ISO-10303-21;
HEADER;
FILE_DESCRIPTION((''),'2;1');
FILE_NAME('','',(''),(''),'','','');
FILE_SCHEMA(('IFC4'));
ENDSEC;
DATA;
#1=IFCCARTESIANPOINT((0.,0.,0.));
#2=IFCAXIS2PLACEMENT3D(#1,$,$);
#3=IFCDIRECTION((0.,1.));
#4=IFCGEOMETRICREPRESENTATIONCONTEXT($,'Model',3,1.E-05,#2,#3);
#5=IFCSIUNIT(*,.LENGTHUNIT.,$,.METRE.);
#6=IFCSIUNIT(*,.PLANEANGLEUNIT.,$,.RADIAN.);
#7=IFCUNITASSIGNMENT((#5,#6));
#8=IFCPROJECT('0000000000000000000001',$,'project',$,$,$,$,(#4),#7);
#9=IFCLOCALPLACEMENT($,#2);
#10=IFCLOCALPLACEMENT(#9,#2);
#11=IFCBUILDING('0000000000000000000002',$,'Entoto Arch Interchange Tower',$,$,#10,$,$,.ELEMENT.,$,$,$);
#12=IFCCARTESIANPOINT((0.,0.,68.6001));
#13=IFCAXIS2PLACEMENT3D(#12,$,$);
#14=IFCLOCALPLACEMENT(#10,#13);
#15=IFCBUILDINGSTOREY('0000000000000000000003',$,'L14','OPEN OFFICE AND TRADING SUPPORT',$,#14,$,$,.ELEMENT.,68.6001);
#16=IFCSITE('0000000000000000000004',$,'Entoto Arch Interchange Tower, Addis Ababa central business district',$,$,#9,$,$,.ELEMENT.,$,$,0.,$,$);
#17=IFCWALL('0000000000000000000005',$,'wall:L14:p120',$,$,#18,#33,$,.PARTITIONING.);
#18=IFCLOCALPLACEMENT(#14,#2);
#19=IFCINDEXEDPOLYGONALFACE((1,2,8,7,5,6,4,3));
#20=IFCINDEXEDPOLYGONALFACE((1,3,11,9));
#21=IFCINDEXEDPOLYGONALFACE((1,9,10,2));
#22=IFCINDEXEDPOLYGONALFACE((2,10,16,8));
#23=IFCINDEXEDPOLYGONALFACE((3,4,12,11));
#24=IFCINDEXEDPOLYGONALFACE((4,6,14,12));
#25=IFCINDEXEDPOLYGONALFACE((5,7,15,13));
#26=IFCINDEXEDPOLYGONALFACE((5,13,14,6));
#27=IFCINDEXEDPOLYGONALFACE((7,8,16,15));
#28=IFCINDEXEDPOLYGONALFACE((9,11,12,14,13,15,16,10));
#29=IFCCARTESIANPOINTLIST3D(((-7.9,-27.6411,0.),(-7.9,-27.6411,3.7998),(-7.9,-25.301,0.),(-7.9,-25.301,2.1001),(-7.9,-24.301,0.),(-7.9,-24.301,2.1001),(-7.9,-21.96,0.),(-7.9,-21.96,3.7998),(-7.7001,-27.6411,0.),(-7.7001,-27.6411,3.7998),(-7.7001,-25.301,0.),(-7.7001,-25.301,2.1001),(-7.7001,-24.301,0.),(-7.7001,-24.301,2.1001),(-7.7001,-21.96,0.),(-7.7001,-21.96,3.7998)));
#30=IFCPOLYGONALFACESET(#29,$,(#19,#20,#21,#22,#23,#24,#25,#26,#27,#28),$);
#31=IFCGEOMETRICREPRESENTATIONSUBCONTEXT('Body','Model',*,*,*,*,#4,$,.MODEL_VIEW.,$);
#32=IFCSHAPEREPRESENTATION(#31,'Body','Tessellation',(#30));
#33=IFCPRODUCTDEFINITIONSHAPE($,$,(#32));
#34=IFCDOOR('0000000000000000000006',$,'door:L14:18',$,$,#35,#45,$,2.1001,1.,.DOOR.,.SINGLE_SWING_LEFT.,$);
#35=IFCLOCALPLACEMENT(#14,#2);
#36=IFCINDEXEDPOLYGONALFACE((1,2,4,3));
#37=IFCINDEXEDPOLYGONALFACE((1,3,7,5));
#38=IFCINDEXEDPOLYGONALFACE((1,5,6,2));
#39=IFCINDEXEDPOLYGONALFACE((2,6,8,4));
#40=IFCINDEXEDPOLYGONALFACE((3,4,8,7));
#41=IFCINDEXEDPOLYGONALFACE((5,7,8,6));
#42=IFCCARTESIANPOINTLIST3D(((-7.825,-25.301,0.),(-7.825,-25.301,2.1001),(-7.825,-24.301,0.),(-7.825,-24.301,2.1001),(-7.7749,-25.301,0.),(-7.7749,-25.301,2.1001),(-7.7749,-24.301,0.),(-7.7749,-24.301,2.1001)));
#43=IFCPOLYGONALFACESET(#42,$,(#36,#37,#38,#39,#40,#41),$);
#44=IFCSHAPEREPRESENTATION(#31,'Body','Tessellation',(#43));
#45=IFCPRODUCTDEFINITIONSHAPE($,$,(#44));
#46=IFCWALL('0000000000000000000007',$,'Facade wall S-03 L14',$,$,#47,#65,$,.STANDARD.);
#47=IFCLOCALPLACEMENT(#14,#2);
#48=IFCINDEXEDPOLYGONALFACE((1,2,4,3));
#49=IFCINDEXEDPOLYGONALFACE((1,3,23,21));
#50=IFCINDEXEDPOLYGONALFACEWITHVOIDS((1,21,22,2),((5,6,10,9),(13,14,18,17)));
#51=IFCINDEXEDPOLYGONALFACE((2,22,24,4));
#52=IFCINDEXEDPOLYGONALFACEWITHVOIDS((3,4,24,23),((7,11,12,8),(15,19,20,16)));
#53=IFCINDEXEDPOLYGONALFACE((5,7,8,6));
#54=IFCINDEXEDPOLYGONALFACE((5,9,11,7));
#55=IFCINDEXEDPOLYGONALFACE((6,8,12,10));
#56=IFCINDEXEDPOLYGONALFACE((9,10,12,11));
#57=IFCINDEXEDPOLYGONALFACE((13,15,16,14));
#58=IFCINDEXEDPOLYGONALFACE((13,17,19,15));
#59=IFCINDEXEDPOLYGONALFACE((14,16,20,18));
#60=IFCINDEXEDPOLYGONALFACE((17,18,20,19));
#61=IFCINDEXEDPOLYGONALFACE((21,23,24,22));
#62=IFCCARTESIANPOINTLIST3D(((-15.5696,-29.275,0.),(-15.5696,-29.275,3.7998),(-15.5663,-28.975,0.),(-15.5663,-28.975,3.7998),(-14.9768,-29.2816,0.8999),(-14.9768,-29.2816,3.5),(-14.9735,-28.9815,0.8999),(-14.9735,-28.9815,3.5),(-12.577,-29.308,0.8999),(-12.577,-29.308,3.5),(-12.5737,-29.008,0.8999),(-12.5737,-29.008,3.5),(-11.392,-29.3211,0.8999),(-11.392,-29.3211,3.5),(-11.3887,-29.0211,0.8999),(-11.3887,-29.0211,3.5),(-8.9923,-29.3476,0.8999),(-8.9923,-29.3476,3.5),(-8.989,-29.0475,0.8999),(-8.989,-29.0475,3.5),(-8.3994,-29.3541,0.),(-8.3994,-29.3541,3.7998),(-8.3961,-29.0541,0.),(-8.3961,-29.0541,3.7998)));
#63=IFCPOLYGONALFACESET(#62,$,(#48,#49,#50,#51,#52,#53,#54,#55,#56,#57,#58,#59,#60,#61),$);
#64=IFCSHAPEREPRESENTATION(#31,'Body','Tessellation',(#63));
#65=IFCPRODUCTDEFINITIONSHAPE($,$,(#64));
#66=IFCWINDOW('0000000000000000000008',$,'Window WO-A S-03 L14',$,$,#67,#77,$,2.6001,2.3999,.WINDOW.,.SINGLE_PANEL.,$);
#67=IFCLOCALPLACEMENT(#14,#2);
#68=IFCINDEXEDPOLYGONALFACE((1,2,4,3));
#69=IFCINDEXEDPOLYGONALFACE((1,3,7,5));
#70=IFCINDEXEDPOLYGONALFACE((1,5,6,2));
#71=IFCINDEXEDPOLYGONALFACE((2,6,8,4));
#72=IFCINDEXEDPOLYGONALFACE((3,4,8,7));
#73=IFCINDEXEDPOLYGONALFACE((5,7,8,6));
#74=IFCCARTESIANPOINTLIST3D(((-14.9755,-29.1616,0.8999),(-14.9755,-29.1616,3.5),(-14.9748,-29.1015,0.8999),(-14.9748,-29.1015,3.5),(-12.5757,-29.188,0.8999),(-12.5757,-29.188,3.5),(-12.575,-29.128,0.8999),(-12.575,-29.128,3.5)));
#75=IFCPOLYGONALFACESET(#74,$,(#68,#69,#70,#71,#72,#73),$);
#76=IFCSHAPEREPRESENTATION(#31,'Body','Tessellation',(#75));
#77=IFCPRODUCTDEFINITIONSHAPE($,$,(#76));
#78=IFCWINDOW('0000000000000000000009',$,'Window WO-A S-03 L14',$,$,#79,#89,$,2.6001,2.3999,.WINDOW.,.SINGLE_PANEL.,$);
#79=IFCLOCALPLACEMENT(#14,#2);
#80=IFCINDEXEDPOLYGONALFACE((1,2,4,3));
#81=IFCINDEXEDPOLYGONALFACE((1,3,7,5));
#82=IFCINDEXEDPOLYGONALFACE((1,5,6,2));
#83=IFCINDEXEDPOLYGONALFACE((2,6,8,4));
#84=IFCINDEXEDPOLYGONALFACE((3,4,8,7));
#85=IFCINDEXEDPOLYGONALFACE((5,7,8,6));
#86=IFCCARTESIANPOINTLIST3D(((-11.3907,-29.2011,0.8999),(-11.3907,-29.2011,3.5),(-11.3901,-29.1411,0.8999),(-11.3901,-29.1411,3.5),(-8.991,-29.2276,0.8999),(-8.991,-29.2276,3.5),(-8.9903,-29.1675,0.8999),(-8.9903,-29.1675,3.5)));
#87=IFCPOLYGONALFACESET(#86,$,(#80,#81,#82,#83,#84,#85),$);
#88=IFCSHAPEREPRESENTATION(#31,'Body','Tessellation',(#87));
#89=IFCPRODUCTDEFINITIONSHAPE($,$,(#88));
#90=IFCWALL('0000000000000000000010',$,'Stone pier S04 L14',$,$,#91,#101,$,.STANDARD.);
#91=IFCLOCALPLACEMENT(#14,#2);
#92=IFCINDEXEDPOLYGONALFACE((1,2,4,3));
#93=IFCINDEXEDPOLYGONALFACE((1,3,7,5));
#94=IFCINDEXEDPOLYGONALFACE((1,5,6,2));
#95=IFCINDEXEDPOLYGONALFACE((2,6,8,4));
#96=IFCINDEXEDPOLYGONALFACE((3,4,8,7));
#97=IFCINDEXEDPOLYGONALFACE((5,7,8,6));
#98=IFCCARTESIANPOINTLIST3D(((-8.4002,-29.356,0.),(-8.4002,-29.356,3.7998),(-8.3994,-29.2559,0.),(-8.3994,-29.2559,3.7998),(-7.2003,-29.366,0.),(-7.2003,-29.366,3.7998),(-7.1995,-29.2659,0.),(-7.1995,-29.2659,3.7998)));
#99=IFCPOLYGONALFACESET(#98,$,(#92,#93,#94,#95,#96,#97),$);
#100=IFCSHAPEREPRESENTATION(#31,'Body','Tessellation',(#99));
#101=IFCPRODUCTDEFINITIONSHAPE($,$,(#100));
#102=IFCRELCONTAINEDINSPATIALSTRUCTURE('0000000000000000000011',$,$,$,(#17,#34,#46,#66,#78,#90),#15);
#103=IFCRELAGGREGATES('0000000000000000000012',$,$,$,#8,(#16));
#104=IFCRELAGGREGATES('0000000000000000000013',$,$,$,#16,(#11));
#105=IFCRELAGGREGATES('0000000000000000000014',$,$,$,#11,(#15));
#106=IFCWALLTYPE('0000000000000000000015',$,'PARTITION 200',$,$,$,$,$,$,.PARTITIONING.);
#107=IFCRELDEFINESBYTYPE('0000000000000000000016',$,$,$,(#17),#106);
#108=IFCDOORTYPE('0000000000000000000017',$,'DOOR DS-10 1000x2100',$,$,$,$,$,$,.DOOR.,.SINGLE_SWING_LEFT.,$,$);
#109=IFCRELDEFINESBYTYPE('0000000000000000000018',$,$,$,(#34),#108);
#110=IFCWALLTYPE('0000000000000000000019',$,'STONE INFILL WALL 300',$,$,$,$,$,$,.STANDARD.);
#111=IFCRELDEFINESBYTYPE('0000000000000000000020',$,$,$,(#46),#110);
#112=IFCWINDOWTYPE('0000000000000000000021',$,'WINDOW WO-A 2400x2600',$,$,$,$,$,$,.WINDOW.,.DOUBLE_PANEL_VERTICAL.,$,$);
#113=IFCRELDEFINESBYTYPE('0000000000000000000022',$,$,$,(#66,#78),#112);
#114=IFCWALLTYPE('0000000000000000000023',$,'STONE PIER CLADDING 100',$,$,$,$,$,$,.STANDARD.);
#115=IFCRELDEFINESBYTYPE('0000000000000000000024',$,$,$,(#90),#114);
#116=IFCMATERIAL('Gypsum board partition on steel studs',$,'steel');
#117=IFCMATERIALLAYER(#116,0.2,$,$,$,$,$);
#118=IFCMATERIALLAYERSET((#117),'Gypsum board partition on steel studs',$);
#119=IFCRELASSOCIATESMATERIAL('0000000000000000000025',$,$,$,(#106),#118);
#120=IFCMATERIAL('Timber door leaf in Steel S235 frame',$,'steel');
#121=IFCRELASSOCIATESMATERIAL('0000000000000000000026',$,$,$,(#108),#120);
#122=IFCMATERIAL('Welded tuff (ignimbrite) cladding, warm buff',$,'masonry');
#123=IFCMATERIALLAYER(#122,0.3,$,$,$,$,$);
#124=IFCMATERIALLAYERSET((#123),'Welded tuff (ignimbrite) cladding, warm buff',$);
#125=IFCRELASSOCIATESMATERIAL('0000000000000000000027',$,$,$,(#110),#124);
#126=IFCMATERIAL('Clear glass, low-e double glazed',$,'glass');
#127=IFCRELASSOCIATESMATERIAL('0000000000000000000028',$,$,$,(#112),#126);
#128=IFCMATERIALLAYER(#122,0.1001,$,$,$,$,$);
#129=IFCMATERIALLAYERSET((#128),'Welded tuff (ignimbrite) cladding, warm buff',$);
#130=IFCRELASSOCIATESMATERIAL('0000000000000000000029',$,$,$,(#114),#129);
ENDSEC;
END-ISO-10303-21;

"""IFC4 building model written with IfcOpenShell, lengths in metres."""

from ifc_helpers import new_model, si_unit, direction, frame, frame_2d, origin, place, context, subcontext, project, spatial, rectangle, extrude, material, layer, layer_set, type_object, element, fill, save


model = new_model("IFC4")

# Units and contexts
model_context = context("Model", 3, precision=1e-05, world=origin(), true_north=direction((0.0, 1.0)))
body_context = subcontext(model_context, "Body", "Model", "MODEL_VIEW")
ifc_project = project(units=[si_unit("LENGTHUNIT", "METRE"), si_unit("PLANEANGLEUNIT", "RADIAN")], contexts=[model_context])

# Site, building, storey
site_placement = place(None, origin())
site = spatial("IfcSite", under=ifc_project, at=site_placement, Name="Entoto Arch Interchange Tower, Addis Ababa central business district", CompositionType="ELEMENT", RefElevation=0.0)
building_placement = place(site_placement, origin())
building = spatial("IfcBuilding", under=site, at=building_placement, Name="Entoto Arch Interchange Tower", CompositionType="ELEMENT")
storey_placement = place(building_placement, frame((0.0, 0.0, 68.6001)))
storey = spatial("IfcBuildingStorey", under=building, at=storey_placement, Name="L14", Description="OPEN OFFICE AND TRADING SUPPORT", CompositionType="ELEMENT", Elevation=68.6001)

# Shared definitions
ifc_material_1 = material(Name="Clear glass, low-e double glazed", Category="glass")

# Shared definitions
ifc_material_2 = material(Name="Gypsum board partition on steel studs", Category="steel")
ifc_layer_1 = layer(ifc_material_2, 0.2)
ifc_layer_set_1 = layer_set([ifc_layer_1], Name="Gypsum board partition on steel studs")
wall_type_1 = type_object("IfcWallType", Name="PARTITION 200", PredefinedType="PARTITIONING", material=ifc_layer_set_1)

# Shared definitions
ifc_material_3 = material(Name="Timber door leaf in Steel S235 frame", Category="steel")
door_type = type_object("IfcDoorType", Name="DOOR DS-10 1000x2100", OperationType="SINGLE_SWING_LEFT", PredefinedType="DOOR", material=ifc_material_3)

# Wall, opening, door
wall_1_placement = place(storey_placement, frame((-7.8, -27.6411, 0.0), z_axis=(0.0, 0.0, 1.0), x_axis=(0.0, 1.0, 0.0)))
wall_1 = element("IfcWall", 1, at=wall_1_placement, inside=storey, type_object=wall_type_1, Name="wall:L14:p120", PredefinedType="PARTITIONING", context=body_context, shape_type="SweptSolid", body=[
    extrude(rectangle(XDim=5.6812, YDim=0.2, at=frame_2d((2.8406, 0.0))), origin(), (0.0, 0.0, 1.0), 3.7998),
])
opening_1_placement = place(wall_1_placement, frame((2.3401, 0.0, 0.0)))
opening_1 = element("IfcOpeningElement", 2, at=opening_1_placement, cuts=wall_1, PredefinedType="OPENING", context=body_context, shape_type="SweptSolid", body=[
    extrude(rectangle(XDim=1.0, YDim=2.1001, at=frame_2d((0.5, 1.05))), frame((0.0, 0.1099, 0.0), z_axis=(0.0, -1.0, 0.0), x_axis=(1.0, 0.0, 0.0)), (0.0, 0.0, 1.0), 0.22),
])
door_1_placement = place(opening_1_placement, origin())
door_1 = element("IfcDoor", 3, at=door_1_placement, inside=storey, type_object=door_type, Name="door:L14:18", OperationType="SINGLE_SWING_LEFT", OverallHeight=2.1001, OverallWidth=1.0, PredefinedType="DOOR", context=body_context, shape_type="SweptSolid", body=[
    extrude(rectangle(XDim=1.0, YDim=2.1001, at=frame_2d((0.5, 1.05))), frame((0.0, 0.0249, 0.0), z_axis=(0.0, -1.0, 0.0), x_axis=(1.0, 0.0, 0.0)), (0.0, 0.0, 1.0), 0.05),
])
fill(opening_1, door_1)

# Wall, openings, windows
ifc_material_4 = material(Name="Welded tuff (ignimbrite) cladding, warm buff", Category="masonry")
ifc_layer_2 = layer(ifc_material_4, 0.3)
ifc_layer_set_2 = layer_set([ifc_layer_2], Name="Welded tuff (ignimbrite) cladding, warm buff")
wall_type_2 = type_object("IfcWallType", Name="STONE INFILL WALL 300", PredefinedType="STANDARD", material=ifc_layer_set_2)
wall_2_placement = place(storey_placement, frame((-15.5681, -29.125, 0.0), z_axis=(0.0, 0.0, 1.0), x_axis=(0.999939, -0.011031, 0.0)))
wall_2 = element("IfcWall", 4, at=wall_2_placement, inside=storey, type_object=wall_type_2, Name="Facade wall S-03 L14", PredefinedType="STANDARD", context=body_context, shape_type="SweptSolid", body=[
    extrude(rectangle(XDim=7.1707, YDim=0.3, at=frame_2d((3.5854, 0.0))), origin(), (0.0, 0.0, 1.0), 3.7998),
])
opening_2_placement = place(wall_2_placement, frame((0.593, 0.0, 0.8999)))
opening_2 = element("IfcOpeningElement", 5, at=opening_2_placement, cuts=wall_2, PredefinedType="OPENING", context=body_context, shape_type="SweptSolid", body=[
    extrude(rectangle(XDim=2.3999, YDim=2.6001, at=frame_2d((1.2, 1.3))), frame((0.0, 0.1602, 0.0), z_axis=(0.0, -1.0, 0.0), x_axis=(1.0, 0.0, 0.0)), (0.0, 0.0, 1.0), 0.3201),
])
opening_3_placement = place(wall_2_placement, frame((4.178, 0.0, 0.8999)))
opening_3 = element("IfcOpeningElement", 6, at=opening_3_placement, cuts=wall_2, PredefinedType="OPENING", context=body_context, shape_type="SweptSolid", body=[
    extrude(rectangle(XDim=2.3999, YDim=2.6001, at=frame_2d((1.2, 1.3))), frame((0.0, 0.1602, 0.0), z_axis=(0.0, -1.0, 0.0), x_axis=(1.0, 0.0, 0.0)), (0.0, 0.0, 1.0), 0.3201),
])
window_type = type_object("IfcWindowType", Name="WINDOW WO-A 2400x2600", PartitioningType="DOUBLE_PANEL_VERTICAL", PredefinedType="WINDOW", material=ifc_material_1)
window_1_placement = place(opening_2_placement, origin())
window_1 = element("IfcWindow", 7, at=window_1_placement, inside=storey, type_object=window_type, Name="Window WO-A S-03 L14", OverallHeight=2.6001, OverallWidth=2.3999, PartitioningType="SINGLE_PANEL", PredefinedType="WINDOW", context=body_context, shape_type="SweptSolid", body=[
    extrude(rectangle(XDim=2.3999, YDim=2.6001, at=frame_2d((1.2, 1.3))), frame((0.0, 0.03, 0.0), z_axis=(0.0, -1.0, 0.0), x_axis=(1.0, 0.0, 0.0)), (0.0, 0.0, 1.0), 0.0601),
])
fill(opening_2, window_1)
window_2_placement = place(opening_3_placement, origin())
window_2 = element("IfcWindow", 8, at=window_2_placement, inside=storey, type_object=window_type, Name="Window WO-A S-03 L14", OverallHeight=2.6001, OverallWidth=2.3999, PartitioningType="SINGLE_PANEL", PredefinedType="WINDOW", context=body_context, shape_type="SweptSolid", body=[
    extrude(rectangle(XDim=2.3999, YDim=2.6001, at=frame_2d((1.2, 1.3))), frame((0.0, 0.03, 0.0), z_axis=(0.0, -1.0, 0.0), x_axis=(1.0, 0.0, 0.0)), (0.0, 0.0, 1.0), 0.0601),
])
fill(opening_3, window_2)

# Wall
ifc_layer_3 = layer(ifc_material_4, 0.1001)
ifc_layer_set_3 = layer_set([ifc_layer_3], Name="Welded tuff (ignimbrite) cladding, warm buff")
wall_type_3 = type_object("IfcWallType", Name="STONE PIER CLADDING 100", PredefinedType="STANDARD", material=ifc_layer_set_3)
wall_3_placement = place(storey_placement, frame((-8.3999, -29.3059, 0.0), z_axis=(0.0, 0.0, 1.0), x_axis=(0.999965, -0.008342, 0.0)))
element("IfcWall", 9, at=wall_3_placement, inside=storey, type_object=wall_type_3, Name="Stone pier S04 L14", PredefinedType="STANDARD", context=body_context, shape_type="SweptSolid", body=[
    extrude(rectangle(XDim=1.2, YDim=0.1001, at=frame_2d((0.6001, 0.0))), origin(), (0.0, 0.0, 1.0), 3.7998),
])

save(model, "model.ifc")
